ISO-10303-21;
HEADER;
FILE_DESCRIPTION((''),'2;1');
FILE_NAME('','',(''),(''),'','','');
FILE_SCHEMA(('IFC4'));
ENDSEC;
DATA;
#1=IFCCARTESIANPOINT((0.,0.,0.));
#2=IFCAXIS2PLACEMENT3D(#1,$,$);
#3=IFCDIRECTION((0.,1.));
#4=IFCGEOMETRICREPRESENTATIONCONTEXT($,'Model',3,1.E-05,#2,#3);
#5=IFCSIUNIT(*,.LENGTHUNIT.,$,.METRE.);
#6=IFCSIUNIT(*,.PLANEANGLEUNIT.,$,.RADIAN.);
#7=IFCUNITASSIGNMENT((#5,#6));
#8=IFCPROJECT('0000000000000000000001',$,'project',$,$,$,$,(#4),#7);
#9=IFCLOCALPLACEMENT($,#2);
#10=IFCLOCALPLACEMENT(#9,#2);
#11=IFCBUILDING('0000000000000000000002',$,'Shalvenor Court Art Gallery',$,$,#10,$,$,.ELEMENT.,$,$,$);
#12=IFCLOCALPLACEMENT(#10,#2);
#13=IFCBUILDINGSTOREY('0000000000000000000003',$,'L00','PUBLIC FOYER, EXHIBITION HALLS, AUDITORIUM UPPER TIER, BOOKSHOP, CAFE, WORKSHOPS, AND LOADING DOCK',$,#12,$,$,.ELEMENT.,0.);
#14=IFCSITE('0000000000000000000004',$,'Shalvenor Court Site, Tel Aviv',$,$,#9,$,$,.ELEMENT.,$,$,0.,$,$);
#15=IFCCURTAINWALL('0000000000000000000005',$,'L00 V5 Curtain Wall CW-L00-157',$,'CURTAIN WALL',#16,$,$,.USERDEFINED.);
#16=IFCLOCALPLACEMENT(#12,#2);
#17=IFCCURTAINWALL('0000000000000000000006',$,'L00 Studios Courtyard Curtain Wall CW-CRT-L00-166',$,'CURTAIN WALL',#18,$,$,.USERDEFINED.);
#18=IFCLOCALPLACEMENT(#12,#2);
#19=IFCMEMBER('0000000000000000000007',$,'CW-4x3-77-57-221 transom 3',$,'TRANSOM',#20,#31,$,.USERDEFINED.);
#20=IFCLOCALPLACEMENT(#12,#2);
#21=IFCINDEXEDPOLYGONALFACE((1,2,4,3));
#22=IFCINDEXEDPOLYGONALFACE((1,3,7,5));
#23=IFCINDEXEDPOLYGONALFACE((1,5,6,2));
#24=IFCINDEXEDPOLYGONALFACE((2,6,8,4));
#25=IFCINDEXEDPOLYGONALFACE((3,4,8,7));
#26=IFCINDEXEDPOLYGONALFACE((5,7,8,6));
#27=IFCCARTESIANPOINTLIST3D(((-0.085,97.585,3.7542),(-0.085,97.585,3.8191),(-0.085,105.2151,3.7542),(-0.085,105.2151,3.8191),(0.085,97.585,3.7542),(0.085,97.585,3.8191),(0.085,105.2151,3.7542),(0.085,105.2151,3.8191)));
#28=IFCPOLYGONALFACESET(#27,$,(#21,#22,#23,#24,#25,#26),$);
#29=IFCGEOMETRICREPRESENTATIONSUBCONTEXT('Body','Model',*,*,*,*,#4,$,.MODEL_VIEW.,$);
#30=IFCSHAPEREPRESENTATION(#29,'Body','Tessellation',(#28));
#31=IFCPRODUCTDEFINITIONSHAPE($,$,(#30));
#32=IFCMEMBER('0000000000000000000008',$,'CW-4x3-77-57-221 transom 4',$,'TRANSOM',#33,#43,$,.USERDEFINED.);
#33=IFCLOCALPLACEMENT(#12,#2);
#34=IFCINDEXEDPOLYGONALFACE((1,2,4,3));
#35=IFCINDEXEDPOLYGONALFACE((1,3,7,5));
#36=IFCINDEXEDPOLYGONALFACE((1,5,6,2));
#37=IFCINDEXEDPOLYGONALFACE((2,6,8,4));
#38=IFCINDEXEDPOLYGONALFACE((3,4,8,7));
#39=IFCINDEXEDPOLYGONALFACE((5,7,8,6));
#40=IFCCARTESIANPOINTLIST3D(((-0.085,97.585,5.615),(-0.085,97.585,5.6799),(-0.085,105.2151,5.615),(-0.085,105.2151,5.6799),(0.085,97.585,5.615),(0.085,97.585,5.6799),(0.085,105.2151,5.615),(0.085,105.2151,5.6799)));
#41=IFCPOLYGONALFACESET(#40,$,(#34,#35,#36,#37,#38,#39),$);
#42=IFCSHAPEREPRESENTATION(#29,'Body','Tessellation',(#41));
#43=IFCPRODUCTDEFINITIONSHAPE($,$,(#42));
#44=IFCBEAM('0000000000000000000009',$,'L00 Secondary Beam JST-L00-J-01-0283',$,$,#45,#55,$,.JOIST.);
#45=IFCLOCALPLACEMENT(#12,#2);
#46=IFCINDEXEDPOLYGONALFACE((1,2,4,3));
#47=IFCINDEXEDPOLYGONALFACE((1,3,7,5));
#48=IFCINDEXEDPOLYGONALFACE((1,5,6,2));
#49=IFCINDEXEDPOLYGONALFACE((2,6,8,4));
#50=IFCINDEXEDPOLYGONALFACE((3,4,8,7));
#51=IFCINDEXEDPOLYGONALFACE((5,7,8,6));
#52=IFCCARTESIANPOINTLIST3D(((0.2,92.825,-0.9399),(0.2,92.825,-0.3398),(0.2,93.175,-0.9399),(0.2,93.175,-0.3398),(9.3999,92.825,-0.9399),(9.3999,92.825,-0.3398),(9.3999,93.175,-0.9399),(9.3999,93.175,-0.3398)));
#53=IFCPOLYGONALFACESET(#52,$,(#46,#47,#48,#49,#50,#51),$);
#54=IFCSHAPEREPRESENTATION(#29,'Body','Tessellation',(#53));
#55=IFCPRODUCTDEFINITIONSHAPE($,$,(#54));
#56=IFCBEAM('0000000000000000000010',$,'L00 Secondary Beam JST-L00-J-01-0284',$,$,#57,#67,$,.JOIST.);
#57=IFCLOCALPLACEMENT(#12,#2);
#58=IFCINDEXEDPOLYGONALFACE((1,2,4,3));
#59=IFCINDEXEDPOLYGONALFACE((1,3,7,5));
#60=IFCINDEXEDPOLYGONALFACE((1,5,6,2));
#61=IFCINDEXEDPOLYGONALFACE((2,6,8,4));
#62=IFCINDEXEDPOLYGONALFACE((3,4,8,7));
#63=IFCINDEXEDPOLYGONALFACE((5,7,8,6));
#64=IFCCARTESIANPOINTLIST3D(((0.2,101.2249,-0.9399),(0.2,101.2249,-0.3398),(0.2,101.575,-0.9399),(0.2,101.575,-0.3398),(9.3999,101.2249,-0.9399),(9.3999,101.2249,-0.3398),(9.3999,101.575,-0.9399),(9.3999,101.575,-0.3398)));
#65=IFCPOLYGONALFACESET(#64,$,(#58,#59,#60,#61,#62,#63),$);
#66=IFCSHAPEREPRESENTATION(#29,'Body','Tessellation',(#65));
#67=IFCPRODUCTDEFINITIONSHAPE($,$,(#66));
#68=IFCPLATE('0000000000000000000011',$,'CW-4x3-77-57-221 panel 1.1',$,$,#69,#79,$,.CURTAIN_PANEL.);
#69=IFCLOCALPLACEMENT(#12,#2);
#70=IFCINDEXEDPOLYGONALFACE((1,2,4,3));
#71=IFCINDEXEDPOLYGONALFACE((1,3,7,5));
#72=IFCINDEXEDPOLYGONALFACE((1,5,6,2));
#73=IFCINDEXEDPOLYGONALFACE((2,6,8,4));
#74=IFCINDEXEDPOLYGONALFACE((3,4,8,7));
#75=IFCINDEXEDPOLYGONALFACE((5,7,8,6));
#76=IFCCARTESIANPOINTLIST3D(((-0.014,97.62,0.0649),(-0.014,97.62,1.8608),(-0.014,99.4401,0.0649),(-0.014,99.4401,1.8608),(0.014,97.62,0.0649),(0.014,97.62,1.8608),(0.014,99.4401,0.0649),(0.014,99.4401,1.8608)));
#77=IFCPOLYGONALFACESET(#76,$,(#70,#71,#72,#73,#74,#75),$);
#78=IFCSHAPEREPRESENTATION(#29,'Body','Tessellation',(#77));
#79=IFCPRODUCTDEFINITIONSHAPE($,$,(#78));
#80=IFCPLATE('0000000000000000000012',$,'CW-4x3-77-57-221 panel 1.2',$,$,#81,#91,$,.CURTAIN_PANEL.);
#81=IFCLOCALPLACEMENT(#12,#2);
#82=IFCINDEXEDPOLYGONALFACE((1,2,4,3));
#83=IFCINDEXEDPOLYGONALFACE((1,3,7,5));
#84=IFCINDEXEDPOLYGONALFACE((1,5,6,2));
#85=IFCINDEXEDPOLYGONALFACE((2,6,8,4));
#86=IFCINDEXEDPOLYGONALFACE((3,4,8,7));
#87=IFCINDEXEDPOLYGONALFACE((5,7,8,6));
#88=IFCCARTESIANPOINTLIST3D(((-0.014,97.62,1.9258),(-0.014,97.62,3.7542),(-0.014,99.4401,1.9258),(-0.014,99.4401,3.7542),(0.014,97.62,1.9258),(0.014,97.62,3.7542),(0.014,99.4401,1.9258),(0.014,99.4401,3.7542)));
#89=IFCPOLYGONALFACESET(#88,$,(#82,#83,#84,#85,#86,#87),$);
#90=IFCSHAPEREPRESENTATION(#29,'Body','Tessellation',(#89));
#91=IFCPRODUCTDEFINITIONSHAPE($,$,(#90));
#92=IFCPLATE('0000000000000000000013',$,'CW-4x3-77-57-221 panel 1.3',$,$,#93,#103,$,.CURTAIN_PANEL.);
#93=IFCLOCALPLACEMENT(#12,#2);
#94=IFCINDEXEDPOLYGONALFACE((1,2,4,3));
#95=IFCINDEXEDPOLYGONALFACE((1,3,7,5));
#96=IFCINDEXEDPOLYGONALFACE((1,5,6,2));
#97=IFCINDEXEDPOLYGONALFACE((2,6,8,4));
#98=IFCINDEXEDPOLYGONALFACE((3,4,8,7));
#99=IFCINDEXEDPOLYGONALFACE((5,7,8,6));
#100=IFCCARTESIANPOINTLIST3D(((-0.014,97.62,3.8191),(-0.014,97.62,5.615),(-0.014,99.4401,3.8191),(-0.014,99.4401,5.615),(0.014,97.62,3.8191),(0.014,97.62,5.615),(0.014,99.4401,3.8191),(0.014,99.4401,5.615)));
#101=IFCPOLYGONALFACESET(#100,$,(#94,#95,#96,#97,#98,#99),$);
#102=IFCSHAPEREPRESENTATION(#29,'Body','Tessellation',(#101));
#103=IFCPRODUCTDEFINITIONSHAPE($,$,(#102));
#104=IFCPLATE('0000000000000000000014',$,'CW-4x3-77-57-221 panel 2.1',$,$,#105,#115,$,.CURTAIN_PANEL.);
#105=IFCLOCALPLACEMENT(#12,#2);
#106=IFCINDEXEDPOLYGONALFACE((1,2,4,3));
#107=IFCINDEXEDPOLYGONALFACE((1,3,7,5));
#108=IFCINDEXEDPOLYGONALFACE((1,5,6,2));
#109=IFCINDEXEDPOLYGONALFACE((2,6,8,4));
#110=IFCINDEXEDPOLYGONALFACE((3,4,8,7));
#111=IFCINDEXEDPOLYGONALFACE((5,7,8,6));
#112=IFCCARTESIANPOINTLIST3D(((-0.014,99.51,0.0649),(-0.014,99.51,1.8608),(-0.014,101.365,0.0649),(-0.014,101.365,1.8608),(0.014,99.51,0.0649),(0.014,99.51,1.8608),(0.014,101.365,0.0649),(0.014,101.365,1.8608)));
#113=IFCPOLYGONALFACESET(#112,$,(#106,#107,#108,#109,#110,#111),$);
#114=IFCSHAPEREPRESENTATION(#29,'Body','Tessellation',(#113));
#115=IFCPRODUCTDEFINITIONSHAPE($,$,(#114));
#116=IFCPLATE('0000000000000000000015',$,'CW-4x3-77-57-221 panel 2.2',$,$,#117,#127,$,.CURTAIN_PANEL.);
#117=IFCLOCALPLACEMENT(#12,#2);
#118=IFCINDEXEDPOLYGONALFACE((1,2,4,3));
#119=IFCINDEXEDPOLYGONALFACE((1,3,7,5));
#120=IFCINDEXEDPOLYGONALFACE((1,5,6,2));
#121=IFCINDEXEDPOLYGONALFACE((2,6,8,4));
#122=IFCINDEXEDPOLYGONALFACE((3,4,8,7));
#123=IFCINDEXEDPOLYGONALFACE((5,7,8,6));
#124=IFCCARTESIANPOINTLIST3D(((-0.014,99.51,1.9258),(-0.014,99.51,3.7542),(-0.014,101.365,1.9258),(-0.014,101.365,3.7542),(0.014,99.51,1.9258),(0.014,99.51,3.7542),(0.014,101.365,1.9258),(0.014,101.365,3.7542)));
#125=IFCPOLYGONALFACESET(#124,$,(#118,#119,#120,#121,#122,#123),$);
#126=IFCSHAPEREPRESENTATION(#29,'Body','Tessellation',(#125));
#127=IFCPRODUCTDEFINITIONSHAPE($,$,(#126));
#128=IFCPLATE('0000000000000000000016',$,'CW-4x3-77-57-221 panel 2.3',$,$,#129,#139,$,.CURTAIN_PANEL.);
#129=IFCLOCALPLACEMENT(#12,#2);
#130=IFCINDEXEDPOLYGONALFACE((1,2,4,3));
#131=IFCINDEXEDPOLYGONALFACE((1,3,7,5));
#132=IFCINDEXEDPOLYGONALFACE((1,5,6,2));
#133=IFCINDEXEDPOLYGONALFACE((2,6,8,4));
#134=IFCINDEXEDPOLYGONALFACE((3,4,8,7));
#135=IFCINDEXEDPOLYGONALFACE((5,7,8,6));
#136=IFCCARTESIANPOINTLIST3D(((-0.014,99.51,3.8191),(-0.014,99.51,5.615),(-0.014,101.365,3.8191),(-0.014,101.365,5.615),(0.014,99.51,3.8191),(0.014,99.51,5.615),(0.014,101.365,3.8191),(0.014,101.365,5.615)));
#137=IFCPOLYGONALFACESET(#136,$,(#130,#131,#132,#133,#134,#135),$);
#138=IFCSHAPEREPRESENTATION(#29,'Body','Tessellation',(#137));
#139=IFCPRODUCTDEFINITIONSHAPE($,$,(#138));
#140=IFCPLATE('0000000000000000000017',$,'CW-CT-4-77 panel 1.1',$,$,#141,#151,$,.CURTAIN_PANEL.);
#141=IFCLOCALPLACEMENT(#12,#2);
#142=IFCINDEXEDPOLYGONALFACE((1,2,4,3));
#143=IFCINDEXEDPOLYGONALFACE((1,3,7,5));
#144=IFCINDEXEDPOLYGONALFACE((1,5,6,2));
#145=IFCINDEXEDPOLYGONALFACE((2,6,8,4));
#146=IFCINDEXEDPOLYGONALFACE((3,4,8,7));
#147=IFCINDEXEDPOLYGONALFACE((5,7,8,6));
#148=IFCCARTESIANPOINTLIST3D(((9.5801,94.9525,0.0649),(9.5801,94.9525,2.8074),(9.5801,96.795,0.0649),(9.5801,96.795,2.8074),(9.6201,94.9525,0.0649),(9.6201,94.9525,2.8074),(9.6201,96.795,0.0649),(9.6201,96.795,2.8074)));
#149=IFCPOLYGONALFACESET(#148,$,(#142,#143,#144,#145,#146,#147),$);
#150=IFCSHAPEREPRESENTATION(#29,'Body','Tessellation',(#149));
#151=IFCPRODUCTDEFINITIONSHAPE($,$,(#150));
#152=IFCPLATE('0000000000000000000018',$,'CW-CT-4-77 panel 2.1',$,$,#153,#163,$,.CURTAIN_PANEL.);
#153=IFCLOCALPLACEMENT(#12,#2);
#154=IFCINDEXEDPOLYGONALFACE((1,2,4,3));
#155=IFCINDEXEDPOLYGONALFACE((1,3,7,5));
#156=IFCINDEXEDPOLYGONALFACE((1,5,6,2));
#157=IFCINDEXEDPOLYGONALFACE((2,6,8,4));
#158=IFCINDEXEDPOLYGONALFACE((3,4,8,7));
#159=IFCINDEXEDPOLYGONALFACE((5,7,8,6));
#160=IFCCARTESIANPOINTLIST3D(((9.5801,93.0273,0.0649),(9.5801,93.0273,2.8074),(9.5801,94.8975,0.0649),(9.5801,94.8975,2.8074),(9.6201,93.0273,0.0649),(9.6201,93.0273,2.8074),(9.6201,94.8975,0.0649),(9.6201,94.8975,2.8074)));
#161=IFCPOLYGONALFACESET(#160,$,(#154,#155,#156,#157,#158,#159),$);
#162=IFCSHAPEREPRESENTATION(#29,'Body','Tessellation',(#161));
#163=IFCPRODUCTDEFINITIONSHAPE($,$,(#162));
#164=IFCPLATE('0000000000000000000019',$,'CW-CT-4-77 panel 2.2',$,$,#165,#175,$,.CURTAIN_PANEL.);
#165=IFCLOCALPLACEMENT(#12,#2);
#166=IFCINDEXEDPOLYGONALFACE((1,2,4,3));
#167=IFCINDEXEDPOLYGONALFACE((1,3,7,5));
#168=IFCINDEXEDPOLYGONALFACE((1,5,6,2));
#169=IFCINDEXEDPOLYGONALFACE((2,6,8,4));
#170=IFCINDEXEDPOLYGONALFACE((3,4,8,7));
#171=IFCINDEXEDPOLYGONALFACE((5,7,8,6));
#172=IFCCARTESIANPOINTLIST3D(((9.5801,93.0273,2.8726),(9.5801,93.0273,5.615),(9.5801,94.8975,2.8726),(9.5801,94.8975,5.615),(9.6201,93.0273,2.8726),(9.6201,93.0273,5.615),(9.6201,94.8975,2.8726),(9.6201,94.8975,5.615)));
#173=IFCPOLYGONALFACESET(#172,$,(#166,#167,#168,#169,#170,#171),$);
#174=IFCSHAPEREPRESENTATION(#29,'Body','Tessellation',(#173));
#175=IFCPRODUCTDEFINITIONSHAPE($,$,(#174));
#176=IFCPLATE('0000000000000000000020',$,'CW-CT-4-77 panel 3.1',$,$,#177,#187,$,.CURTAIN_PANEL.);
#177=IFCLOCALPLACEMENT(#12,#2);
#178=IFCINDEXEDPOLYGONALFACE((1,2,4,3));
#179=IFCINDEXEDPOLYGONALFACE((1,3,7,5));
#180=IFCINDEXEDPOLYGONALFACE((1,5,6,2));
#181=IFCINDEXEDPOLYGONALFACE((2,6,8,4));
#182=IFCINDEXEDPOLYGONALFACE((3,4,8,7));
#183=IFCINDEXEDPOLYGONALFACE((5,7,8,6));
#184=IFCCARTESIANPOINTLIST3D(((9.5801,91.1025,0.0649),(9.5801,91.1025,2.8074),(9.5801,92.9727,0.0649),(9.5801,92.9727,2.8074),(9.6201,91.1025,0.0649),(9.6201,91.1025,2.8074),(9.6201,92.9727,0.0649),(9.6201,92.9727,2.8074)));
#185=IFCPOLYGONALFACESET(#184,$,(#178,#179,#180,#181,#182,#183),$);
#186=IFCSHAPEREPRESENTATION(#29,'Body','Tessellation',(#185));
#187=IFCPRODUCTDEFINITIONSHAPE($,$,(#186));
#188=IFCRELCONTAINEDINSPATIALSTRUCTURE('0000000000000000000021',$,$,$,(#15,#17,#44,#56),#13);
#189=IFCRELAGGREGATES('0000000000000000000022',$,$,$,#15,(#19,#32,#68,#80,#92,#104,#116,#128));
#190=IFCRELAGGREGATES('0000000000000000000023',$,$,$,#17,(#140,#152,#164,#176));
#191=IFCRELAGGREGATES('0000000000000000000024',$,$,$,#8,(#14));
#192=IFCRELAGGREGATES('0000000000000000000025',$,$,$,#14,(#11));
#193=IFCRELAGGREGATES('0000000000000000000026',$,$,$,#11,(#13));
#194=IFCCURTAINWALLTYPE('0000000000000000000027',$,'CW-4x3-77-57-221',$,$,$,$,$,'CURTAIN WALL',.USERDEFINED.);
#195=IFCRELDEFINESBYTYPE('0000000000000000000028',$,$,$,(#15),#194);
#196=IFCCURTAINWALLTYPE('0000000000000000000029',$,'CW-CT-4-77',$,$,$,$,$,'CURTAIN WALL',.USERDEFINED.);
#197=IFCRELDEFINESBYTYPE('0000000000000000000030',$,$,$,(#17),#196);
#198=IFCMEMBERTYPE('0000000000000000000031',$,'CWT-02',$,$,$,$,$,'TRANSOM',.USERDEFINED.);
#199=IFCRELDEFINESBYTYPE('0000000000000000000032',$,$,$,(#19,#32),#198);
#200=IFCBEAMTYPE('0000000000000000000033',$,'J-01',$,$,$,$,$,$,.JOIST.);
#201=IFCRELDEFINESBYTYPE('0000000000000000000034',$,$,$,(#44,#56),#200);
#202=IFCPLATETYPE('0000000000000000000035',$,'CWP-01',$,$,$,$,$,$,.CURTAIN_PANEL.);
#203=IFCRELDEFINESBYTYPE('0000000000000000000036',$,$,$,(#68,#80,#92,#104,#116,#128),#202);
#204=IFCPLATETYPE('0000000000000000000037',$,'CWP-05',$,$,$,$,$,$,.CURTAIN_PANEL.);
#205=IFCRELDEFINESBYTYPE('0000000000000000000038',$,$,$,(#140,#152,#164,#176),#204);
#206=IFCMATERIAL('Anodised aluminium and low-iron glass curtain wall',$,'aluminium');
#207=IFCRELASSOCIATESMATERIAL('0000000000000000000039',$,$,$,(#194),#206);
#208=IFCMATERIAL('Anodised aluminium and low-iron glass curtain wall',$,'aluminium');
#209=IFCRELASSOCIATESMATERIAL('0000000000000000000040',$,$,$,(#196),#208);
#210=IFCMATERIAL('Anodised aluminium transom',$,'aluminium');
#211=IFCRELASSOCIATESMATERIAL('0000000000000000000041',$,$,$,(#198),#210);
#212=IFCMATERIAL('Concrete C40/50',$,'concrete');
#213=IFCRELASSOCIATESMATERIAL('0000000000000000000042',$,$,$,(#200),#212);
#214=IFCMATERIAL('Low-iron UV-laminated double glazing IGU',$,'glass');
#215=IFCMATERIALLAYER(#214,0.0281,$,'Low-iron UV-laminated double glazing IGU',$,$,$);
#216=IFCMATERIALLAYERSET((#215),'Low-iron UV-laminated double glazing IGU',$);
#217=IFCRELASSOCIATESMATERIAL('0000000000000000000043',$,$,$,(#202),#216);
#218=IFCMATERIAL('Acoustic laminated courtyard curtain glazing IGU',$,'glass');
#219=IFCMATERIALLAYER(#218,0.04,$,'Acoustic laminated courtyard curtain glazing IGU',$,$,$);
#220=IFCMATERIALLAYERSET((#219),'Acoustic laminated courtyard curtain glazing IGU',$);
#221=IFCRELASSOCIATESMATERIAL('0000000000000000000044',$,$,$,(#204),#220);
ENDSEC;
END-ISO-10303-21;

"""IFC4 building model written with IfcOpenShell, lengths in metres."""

from ifc_helpers import new_model, si_unit, direction, frame, origin, origin_2d, place, context, subcontext, project, spatial, rectangle, extrude, material, layer, layer_set, material_profile, profile_set, type_object, element, aggregate, save


model = new_model("IFC4")

# Units and contexts
model_context = context("Model", 3, precision=1e-05, world=origin(), true_north=direction((0.0, 1.0)))
body_context = subcontext(model_context, "Body", "Model", "MODEL_VIEW")
ifc_project = project(units=[si_unit("LENGTHUNIT", "METRE"), si_unit("PLANEANGLEUNIT", "RADIAN")], contexts=[model_context])

# Site, building, storey
site_placement = place(None, origin())
site = spatial("IfcSite", under=ifc_project, at=site_placement, Name="Shalvenor Court Site, Tel Aviv", CompositionType="ELEMENT", RefElevation=0.0)
building_placement = place(site_placement, origin())
building = spatial("IfcBuilding", under=site, at=building_placement, Name="Shalvenor Court Art Gallery", CompositionType="ELEMENT")
storey_placement = place(building_placement, origin())
storey = spatial("IfcBuildingStorey", under=building, at=storey_placement, Name="L00", Description="PUBLIC FOYER, EXHIBITION HALLS, AUDITORIUM UPPER TIER, BOOKSHOP, CAFE, WORKSHOPS, AND LOADING DOCK", CompositionType="ELEMENT", Elevation=0.0)

# Curtain walls
ifc_material_1 = material(Name="Anodised aluminium and low-iron glass curtain wall", Category="aluminium")
curtain_wall_type_1 = type_object("IfcCurtainWallType", Name="CW-4x3-77-57-221", ElementType="CURTAIN WALL", PredefinedType="USERDEFINED", material=ifc_material_1)
curtain_wall_1_placement = place(storey_placement, origin())
curtain_wall_1 = element("IfcCurtainWall", 1, at=curtain_wall_1_placement, inside=storey, type_object=curtain_wall_type_1, Name="L00 V5 Curtain Wall CW-L00-157", ObjectType="CURTAIN WALL", PredefinedType="USERDEFINED")
ifc_material_2 = material(Name="Anodised aluminium and low-iron glass curtain wall", Category="aluminium")
curtain_wall_type_2 = type_object("IfcCurtainWallType", Name="CW-CT-4-77", ElementType="CURTAIN WALL", PredefinedType="USERDEFINED", material=ifc_material_2)
curtain_wall_2_placement = place(storey_placement, origin())
curtain_wall_2 = element("IfcCurtainWall", 2, at=curtain_wall_2_placement, inside=storey, type_object=curtain_wall_type_2, Name="L00 Studios Courtyard Curtain Wall CW-CRT-L00-166", ObjectType="CURTAIN WALL", PredefinedType="USERDEFINED")

# Members
ifc_material_3 = material(Name="Anodised aluminium transom", Category="aluminium")
ifc_material_profile_1 = material_profile(ifc_material_3, rectangle(XDim=0.1699, YDim=0.0649, at=origin_2d()), Name="CWT-02")
ifc_profile_set_1 = profile_set([ifc_material_profile_1], Name="Anodised aluminium transom")
member_type_1 = type_object("IfcMemberType", Name="CWT-02", ElementType="TRANSOM", PredefinedType="USERDEFINED", material=ifc_profile_set_1)
member_1_placement = place(storey_placement, frame((0.0, 97.585, 3.7866), z_axis=(0.0, 1.0, 0.0), x_axis=(-1.0, 0.0, 0.0)))
member_1 = element("IfcMember", 3, at=member_1_placement, type_object=member_type_1, Name="CW-4x3-77-57-221 transom 3", ObjectType="TRANSOM", PredefinedType="USERDEFINED", context=body_context, shape_type="SweptSolid", body=[
    extrude(rectangle(XDim=0.1699, YDim=0.0649, at=origin_2d()), origin(), (0.0, 0.0, 1.0), 7.6301),
])
member_2_placement = place(storey_placement, frame((0.0, 97.585, 5.6475), z_axis=(0.0, 1.0, 0.0), x_axis=(-1.0, 0.0, 0.0)))
member_2 = element("IfcMember", 4, at=member_2_placement, type_object=member_type_1, Name="CW-4x3-77-57-221 transom 4", ObjectType="TRANSOM", PredefinedType="USERDEFINED", context=body_context, shape_type="SweptSolid", body=[
    extrude(rectangle(XDim=0.1699, YDim=0.0649, at=origin_2d()), origin(), (0.0, 0.0, 1.0), 7.6301),
])

# Beams
ifc_material_4 = material(Name="Concrete C40/50", Category="concrete")
ifc_material_profile_2 = material_profile(ifc_material_4, rectangle(XDim=0.3501, YDim=0.6001, at=origin_2d()), Name="RC 350x600")
ifc_profile_set_2 = profile_set([ifc_material_profile_2], Name="Concrete C40/50")
beam_type_1 = type_object("IfcBeamType", Name="J-01", PredefinedType="JOIST", material=ifc_profile_set_2)
for number, where, z_axis, x_axis, name in (
    (5, (0.2, 93.0, -0.6399), (1.0, 0.0, 0.0), (0.0, 1.0, 0.0), "L00 Secondary Beam JST-L00-J-01-0283"),
    (6, (0.2, 101.3999, -0.6399), (1.0, 0.0, 0.0), (0.0, 1.0, 0.0), "L00 Secondary Beam JST-L00-J-01-0284"),
):
    element("IfcBeam", number, at=place(storey_placement, frame(where, z_axis=z_axis, x_axis=x_axis)), inside=storey, type_object=beam_type_1, Name=name, PredefinedType="JOIST", context=body_context, shape_type="SweptSolid", body=[
        extrude(rectangle(XDim=0.3501, YDim=0.6001, at=origin_2d()), origin(), (0.0, 0.0, 1.0), 9.2),
    ])

# Plates
ifc_material_5 = material(Name="Low-iron UV-laminated double glazing IGU", Category="glass")
ifc_layer_1 = layer(ifc_material_5, 0.0281, Name="Low-iron UV-laminated double glazing IGU")
ifc_layer_set_1 = layer_set([ifc_layer_1], Name="Low-iron UV-laminated double glazing IGU")
plate_type_1 = type_object("IfcPlateType", Name="CWP-01", PredefinedType="CURTAIN_PANEL", material=ifc_layer_set_1)
plate_1_placement = place(storey_placement, frame((0.0, 98.53, 0.0649), z_axis=(0.0, 0.0, 1.0), x_axis=(0.0, 1.0, 0.0)))
plate_1 = element("IfcPlate", 7, at=plate_1_placement, type_object=plate_type_1, Name="CW-4x3-77-57-221 panel 1.1", PredefinedType="CURTAIN_PANEL", context=body_context, shape_type="SweptSolid", body=[
    extrude(rectangle(XDim=1.8201, YDim=0.0281, at=origin_2d()), origin(), (0.0, 0.0, 1.0), 1.7959),
])
plate_2_placement = place(storey_placement, frame((0.0, 98.53, 1.9258), z_axis=(0.0, 0.0, 1.0), x_axis=(0.0, 1.0, 0.0)))
plate_2 = element("IfcPlate", 8, at=plate_2_placement, type_object=plate_type_1, Name="CW-4x3-77-57-221 panel 1.2", PredefinedType="CURTAIN_PANEL", context=body_context, shape_type="SweptSolid", body=[
    extrude(rectangle(XDim=1.8201, YDim=0.0281, at=origin_2d()), origin(), (0.0, 0.0, 1.0), 1.8284),
])
plate_3_placement = place(storey_placement, frame((0.0, 98.53, 3.8191), z_axis=(0.0, 0.0, 1.0), x_axis=(0.0, 1.0, 0.0)))
plate_3 = element("IfcPlate", 9, at=plate_3_placement, type_object=plate_type_1, Name="CW-4x3-77-57-221 panel 1.3", PredefinedType="CURTAIN_PANEL", context=body_context, shape_type="SweptSolid", body=[
    extrude(rectangle(XDim=1.8201, YDim=0.0281, at=origin_2d()), origin(), (0.0, 0.0, 1.0), 1.7959),
])
plate_4_placement = place(storey_placement, frame((0.0, 100.4375, 0.0649), z_axis=(0.0, 0.0, 1.0), x_axis=(0.0, 1.0, 0.0)))
plate_4 = element("IfcPlate", 10, at=plate_4_placement, type_object=plate_type_1, Name="CW-4x3-77-57-221 panel 2.1", PredefinedType="CURTAIN_PANEL", context=body_context, shape_type="SweptSolid", body=[
    extrude(rectangle(XDim=1.855, YDim=0.0281, at=origin_2d()), origin(), (0.0, 0.0, 1.0), 1.7959),
])
plate_5_placement = place(storey_placement, frame((0.0, 100.4375, 1.9258), z_axis=(0.0, 0.0, 1.0), x_axis=(0.0, 1.0, 0.0)))
plate_5 = element("IfcPlate", 11, at=plate_5_placement, type_object=plate_type_1, Name="CW-4x3-77-57-221 panel 2.2", PredefinedType="CURTAIN_PANEL", context=body_context, shape_type="SweptSolid", body=[
    extrude(rectangle(XDim=1.855, YDim=0.0281, at=origin_2d()), origin(), (0.0, 0.0, 1.0), 1.8284),
])
plate_6_placement = place(storey_placement, frame((0.0, 100.4375, 3.8191), z_axis=(0.0, 0.0, 1.0), x_axis=(0.0, 1.0, 0.0)))
plate_6 = element("IfcPlate", 12, at=plate_6_placement, type_object=plate_type_1, Name="CW-4x3-77-57-221 panel 2.3", PredefinedType="CURTAIN_PANEL", context=body_context, shape_type="SweptSolid", body=[
    extrude(rectangle(XDim=1.855, YDim=0.0281, at=origin_2d()), origin(), (0.0, 0.0, 1.0), 1.7959),
])
aggregate(curtain_wall_1, [member_1, member_2, plate_1, plate_2, plate_3, plate_4, plate_5, plate_6])
ifc_material_6 = material(Name="Acoustic laminated courtyard curtain glazing IGU", Category="glass")
ifc_layer_2 = layer(ifc_material_6, 0.04, Name="Acoustic laminated courtyard curtain glazing IGU")
ifc_layer_set_2 = layer_set([ifc_layer_2], Name="Acoustic laminated courtyard curtain glazing IGU")
plate_type_2 = type_object("IfcPlateType", Name="CWP-05", PredefinedType="CURTAIN_PANEL", material=ifc_layer_set_2)
plate_7_placement = place(storey_placement, frame((9.6001, 95.8738, 0.0649), z_axis=(0.0, 0.0, 1.0), x_axis=(0.0, -1.0, 0.0)))
plate_7 = element("IfcPlate", 13, at=plate_7_placement, type_object=plate_type_2, Name="CW-CT-4-77 panel 1.1", PredefinedType="CURTAIN_PANEL", context=body_context, shape_type="SweptSolid", body=[
    extrude(rectangle(XDim=1.8425, YDim=0.04, at=origin_2d()), origin(), (0.0, 0.0, 1.0), 2.7424),
])
plate_8_placement = place(storey_placement, frame((9.6001, 93.9624, 0.0649), z_axis=(0.0, 0.0, 1.0), x_axis=(0.0, -1.0, 0.0)))
plate_8 = element("IfcPlate", 14, at=plate_8_placement, type_object=plate_type_2, Name="CW-CT-4-77 panel 2.1", PredefinedType="CURTAIN_PANEL", context=body_context, shape_type="SweptSolid", body=[
    extrude(rectangle(XDim=1.8701, YDim=0.04, at=origin_2d()), origin(), (0.0, 0.0, 1.0), 2.7424),
])
plate_9_placement = place(storey_placement, frame((9.6001, 93.9624, 2.8726), z_axis=(0.0, 0.0, 1.0), x_axis=(0.0, -1.0, 0.0)))
plate_9 = element("IfcPlate", 15, at=plate_9_placement, type_object=plate_type_2, Name="CW-CT-4-77 panel 2.2", PredefinedType="CURTAIN_PANEL", context=body_context, shape_type="SweptSolid", body=[
    extrude(rectangle(XDim=1.8701, YDim=0.04, at=origin_2d()), origin(), (0.0, 0.0, 1.0), 2.7424),
])
plate_10_placement = place(storey_placement, frame((9.6001, 92.0376, 0.0649), z_axis=(0.0, 0.0, 1.0), x_axis=(0.0, -1.0, 0.0)))
plate_10 = element("IfcPlate", 16, at=plate_10_placement, type_object=plate_type_2, Name="CW-CT-4-77 panel 3.1", PredefinedType="CURTAIN_PANEL", context=body_context, shape_type="SweptSolid", body=[
    extrude(rectangle(XDim=1.8701, YDim=0.04, at=origin_2d()), origin(), (0.0, 0.0, 1.0), 2.7424),
])
aggregate(curtain_wall_2, [plate_7, plate_8, plate_9, plate_10])

save(model, "model.ifc")
